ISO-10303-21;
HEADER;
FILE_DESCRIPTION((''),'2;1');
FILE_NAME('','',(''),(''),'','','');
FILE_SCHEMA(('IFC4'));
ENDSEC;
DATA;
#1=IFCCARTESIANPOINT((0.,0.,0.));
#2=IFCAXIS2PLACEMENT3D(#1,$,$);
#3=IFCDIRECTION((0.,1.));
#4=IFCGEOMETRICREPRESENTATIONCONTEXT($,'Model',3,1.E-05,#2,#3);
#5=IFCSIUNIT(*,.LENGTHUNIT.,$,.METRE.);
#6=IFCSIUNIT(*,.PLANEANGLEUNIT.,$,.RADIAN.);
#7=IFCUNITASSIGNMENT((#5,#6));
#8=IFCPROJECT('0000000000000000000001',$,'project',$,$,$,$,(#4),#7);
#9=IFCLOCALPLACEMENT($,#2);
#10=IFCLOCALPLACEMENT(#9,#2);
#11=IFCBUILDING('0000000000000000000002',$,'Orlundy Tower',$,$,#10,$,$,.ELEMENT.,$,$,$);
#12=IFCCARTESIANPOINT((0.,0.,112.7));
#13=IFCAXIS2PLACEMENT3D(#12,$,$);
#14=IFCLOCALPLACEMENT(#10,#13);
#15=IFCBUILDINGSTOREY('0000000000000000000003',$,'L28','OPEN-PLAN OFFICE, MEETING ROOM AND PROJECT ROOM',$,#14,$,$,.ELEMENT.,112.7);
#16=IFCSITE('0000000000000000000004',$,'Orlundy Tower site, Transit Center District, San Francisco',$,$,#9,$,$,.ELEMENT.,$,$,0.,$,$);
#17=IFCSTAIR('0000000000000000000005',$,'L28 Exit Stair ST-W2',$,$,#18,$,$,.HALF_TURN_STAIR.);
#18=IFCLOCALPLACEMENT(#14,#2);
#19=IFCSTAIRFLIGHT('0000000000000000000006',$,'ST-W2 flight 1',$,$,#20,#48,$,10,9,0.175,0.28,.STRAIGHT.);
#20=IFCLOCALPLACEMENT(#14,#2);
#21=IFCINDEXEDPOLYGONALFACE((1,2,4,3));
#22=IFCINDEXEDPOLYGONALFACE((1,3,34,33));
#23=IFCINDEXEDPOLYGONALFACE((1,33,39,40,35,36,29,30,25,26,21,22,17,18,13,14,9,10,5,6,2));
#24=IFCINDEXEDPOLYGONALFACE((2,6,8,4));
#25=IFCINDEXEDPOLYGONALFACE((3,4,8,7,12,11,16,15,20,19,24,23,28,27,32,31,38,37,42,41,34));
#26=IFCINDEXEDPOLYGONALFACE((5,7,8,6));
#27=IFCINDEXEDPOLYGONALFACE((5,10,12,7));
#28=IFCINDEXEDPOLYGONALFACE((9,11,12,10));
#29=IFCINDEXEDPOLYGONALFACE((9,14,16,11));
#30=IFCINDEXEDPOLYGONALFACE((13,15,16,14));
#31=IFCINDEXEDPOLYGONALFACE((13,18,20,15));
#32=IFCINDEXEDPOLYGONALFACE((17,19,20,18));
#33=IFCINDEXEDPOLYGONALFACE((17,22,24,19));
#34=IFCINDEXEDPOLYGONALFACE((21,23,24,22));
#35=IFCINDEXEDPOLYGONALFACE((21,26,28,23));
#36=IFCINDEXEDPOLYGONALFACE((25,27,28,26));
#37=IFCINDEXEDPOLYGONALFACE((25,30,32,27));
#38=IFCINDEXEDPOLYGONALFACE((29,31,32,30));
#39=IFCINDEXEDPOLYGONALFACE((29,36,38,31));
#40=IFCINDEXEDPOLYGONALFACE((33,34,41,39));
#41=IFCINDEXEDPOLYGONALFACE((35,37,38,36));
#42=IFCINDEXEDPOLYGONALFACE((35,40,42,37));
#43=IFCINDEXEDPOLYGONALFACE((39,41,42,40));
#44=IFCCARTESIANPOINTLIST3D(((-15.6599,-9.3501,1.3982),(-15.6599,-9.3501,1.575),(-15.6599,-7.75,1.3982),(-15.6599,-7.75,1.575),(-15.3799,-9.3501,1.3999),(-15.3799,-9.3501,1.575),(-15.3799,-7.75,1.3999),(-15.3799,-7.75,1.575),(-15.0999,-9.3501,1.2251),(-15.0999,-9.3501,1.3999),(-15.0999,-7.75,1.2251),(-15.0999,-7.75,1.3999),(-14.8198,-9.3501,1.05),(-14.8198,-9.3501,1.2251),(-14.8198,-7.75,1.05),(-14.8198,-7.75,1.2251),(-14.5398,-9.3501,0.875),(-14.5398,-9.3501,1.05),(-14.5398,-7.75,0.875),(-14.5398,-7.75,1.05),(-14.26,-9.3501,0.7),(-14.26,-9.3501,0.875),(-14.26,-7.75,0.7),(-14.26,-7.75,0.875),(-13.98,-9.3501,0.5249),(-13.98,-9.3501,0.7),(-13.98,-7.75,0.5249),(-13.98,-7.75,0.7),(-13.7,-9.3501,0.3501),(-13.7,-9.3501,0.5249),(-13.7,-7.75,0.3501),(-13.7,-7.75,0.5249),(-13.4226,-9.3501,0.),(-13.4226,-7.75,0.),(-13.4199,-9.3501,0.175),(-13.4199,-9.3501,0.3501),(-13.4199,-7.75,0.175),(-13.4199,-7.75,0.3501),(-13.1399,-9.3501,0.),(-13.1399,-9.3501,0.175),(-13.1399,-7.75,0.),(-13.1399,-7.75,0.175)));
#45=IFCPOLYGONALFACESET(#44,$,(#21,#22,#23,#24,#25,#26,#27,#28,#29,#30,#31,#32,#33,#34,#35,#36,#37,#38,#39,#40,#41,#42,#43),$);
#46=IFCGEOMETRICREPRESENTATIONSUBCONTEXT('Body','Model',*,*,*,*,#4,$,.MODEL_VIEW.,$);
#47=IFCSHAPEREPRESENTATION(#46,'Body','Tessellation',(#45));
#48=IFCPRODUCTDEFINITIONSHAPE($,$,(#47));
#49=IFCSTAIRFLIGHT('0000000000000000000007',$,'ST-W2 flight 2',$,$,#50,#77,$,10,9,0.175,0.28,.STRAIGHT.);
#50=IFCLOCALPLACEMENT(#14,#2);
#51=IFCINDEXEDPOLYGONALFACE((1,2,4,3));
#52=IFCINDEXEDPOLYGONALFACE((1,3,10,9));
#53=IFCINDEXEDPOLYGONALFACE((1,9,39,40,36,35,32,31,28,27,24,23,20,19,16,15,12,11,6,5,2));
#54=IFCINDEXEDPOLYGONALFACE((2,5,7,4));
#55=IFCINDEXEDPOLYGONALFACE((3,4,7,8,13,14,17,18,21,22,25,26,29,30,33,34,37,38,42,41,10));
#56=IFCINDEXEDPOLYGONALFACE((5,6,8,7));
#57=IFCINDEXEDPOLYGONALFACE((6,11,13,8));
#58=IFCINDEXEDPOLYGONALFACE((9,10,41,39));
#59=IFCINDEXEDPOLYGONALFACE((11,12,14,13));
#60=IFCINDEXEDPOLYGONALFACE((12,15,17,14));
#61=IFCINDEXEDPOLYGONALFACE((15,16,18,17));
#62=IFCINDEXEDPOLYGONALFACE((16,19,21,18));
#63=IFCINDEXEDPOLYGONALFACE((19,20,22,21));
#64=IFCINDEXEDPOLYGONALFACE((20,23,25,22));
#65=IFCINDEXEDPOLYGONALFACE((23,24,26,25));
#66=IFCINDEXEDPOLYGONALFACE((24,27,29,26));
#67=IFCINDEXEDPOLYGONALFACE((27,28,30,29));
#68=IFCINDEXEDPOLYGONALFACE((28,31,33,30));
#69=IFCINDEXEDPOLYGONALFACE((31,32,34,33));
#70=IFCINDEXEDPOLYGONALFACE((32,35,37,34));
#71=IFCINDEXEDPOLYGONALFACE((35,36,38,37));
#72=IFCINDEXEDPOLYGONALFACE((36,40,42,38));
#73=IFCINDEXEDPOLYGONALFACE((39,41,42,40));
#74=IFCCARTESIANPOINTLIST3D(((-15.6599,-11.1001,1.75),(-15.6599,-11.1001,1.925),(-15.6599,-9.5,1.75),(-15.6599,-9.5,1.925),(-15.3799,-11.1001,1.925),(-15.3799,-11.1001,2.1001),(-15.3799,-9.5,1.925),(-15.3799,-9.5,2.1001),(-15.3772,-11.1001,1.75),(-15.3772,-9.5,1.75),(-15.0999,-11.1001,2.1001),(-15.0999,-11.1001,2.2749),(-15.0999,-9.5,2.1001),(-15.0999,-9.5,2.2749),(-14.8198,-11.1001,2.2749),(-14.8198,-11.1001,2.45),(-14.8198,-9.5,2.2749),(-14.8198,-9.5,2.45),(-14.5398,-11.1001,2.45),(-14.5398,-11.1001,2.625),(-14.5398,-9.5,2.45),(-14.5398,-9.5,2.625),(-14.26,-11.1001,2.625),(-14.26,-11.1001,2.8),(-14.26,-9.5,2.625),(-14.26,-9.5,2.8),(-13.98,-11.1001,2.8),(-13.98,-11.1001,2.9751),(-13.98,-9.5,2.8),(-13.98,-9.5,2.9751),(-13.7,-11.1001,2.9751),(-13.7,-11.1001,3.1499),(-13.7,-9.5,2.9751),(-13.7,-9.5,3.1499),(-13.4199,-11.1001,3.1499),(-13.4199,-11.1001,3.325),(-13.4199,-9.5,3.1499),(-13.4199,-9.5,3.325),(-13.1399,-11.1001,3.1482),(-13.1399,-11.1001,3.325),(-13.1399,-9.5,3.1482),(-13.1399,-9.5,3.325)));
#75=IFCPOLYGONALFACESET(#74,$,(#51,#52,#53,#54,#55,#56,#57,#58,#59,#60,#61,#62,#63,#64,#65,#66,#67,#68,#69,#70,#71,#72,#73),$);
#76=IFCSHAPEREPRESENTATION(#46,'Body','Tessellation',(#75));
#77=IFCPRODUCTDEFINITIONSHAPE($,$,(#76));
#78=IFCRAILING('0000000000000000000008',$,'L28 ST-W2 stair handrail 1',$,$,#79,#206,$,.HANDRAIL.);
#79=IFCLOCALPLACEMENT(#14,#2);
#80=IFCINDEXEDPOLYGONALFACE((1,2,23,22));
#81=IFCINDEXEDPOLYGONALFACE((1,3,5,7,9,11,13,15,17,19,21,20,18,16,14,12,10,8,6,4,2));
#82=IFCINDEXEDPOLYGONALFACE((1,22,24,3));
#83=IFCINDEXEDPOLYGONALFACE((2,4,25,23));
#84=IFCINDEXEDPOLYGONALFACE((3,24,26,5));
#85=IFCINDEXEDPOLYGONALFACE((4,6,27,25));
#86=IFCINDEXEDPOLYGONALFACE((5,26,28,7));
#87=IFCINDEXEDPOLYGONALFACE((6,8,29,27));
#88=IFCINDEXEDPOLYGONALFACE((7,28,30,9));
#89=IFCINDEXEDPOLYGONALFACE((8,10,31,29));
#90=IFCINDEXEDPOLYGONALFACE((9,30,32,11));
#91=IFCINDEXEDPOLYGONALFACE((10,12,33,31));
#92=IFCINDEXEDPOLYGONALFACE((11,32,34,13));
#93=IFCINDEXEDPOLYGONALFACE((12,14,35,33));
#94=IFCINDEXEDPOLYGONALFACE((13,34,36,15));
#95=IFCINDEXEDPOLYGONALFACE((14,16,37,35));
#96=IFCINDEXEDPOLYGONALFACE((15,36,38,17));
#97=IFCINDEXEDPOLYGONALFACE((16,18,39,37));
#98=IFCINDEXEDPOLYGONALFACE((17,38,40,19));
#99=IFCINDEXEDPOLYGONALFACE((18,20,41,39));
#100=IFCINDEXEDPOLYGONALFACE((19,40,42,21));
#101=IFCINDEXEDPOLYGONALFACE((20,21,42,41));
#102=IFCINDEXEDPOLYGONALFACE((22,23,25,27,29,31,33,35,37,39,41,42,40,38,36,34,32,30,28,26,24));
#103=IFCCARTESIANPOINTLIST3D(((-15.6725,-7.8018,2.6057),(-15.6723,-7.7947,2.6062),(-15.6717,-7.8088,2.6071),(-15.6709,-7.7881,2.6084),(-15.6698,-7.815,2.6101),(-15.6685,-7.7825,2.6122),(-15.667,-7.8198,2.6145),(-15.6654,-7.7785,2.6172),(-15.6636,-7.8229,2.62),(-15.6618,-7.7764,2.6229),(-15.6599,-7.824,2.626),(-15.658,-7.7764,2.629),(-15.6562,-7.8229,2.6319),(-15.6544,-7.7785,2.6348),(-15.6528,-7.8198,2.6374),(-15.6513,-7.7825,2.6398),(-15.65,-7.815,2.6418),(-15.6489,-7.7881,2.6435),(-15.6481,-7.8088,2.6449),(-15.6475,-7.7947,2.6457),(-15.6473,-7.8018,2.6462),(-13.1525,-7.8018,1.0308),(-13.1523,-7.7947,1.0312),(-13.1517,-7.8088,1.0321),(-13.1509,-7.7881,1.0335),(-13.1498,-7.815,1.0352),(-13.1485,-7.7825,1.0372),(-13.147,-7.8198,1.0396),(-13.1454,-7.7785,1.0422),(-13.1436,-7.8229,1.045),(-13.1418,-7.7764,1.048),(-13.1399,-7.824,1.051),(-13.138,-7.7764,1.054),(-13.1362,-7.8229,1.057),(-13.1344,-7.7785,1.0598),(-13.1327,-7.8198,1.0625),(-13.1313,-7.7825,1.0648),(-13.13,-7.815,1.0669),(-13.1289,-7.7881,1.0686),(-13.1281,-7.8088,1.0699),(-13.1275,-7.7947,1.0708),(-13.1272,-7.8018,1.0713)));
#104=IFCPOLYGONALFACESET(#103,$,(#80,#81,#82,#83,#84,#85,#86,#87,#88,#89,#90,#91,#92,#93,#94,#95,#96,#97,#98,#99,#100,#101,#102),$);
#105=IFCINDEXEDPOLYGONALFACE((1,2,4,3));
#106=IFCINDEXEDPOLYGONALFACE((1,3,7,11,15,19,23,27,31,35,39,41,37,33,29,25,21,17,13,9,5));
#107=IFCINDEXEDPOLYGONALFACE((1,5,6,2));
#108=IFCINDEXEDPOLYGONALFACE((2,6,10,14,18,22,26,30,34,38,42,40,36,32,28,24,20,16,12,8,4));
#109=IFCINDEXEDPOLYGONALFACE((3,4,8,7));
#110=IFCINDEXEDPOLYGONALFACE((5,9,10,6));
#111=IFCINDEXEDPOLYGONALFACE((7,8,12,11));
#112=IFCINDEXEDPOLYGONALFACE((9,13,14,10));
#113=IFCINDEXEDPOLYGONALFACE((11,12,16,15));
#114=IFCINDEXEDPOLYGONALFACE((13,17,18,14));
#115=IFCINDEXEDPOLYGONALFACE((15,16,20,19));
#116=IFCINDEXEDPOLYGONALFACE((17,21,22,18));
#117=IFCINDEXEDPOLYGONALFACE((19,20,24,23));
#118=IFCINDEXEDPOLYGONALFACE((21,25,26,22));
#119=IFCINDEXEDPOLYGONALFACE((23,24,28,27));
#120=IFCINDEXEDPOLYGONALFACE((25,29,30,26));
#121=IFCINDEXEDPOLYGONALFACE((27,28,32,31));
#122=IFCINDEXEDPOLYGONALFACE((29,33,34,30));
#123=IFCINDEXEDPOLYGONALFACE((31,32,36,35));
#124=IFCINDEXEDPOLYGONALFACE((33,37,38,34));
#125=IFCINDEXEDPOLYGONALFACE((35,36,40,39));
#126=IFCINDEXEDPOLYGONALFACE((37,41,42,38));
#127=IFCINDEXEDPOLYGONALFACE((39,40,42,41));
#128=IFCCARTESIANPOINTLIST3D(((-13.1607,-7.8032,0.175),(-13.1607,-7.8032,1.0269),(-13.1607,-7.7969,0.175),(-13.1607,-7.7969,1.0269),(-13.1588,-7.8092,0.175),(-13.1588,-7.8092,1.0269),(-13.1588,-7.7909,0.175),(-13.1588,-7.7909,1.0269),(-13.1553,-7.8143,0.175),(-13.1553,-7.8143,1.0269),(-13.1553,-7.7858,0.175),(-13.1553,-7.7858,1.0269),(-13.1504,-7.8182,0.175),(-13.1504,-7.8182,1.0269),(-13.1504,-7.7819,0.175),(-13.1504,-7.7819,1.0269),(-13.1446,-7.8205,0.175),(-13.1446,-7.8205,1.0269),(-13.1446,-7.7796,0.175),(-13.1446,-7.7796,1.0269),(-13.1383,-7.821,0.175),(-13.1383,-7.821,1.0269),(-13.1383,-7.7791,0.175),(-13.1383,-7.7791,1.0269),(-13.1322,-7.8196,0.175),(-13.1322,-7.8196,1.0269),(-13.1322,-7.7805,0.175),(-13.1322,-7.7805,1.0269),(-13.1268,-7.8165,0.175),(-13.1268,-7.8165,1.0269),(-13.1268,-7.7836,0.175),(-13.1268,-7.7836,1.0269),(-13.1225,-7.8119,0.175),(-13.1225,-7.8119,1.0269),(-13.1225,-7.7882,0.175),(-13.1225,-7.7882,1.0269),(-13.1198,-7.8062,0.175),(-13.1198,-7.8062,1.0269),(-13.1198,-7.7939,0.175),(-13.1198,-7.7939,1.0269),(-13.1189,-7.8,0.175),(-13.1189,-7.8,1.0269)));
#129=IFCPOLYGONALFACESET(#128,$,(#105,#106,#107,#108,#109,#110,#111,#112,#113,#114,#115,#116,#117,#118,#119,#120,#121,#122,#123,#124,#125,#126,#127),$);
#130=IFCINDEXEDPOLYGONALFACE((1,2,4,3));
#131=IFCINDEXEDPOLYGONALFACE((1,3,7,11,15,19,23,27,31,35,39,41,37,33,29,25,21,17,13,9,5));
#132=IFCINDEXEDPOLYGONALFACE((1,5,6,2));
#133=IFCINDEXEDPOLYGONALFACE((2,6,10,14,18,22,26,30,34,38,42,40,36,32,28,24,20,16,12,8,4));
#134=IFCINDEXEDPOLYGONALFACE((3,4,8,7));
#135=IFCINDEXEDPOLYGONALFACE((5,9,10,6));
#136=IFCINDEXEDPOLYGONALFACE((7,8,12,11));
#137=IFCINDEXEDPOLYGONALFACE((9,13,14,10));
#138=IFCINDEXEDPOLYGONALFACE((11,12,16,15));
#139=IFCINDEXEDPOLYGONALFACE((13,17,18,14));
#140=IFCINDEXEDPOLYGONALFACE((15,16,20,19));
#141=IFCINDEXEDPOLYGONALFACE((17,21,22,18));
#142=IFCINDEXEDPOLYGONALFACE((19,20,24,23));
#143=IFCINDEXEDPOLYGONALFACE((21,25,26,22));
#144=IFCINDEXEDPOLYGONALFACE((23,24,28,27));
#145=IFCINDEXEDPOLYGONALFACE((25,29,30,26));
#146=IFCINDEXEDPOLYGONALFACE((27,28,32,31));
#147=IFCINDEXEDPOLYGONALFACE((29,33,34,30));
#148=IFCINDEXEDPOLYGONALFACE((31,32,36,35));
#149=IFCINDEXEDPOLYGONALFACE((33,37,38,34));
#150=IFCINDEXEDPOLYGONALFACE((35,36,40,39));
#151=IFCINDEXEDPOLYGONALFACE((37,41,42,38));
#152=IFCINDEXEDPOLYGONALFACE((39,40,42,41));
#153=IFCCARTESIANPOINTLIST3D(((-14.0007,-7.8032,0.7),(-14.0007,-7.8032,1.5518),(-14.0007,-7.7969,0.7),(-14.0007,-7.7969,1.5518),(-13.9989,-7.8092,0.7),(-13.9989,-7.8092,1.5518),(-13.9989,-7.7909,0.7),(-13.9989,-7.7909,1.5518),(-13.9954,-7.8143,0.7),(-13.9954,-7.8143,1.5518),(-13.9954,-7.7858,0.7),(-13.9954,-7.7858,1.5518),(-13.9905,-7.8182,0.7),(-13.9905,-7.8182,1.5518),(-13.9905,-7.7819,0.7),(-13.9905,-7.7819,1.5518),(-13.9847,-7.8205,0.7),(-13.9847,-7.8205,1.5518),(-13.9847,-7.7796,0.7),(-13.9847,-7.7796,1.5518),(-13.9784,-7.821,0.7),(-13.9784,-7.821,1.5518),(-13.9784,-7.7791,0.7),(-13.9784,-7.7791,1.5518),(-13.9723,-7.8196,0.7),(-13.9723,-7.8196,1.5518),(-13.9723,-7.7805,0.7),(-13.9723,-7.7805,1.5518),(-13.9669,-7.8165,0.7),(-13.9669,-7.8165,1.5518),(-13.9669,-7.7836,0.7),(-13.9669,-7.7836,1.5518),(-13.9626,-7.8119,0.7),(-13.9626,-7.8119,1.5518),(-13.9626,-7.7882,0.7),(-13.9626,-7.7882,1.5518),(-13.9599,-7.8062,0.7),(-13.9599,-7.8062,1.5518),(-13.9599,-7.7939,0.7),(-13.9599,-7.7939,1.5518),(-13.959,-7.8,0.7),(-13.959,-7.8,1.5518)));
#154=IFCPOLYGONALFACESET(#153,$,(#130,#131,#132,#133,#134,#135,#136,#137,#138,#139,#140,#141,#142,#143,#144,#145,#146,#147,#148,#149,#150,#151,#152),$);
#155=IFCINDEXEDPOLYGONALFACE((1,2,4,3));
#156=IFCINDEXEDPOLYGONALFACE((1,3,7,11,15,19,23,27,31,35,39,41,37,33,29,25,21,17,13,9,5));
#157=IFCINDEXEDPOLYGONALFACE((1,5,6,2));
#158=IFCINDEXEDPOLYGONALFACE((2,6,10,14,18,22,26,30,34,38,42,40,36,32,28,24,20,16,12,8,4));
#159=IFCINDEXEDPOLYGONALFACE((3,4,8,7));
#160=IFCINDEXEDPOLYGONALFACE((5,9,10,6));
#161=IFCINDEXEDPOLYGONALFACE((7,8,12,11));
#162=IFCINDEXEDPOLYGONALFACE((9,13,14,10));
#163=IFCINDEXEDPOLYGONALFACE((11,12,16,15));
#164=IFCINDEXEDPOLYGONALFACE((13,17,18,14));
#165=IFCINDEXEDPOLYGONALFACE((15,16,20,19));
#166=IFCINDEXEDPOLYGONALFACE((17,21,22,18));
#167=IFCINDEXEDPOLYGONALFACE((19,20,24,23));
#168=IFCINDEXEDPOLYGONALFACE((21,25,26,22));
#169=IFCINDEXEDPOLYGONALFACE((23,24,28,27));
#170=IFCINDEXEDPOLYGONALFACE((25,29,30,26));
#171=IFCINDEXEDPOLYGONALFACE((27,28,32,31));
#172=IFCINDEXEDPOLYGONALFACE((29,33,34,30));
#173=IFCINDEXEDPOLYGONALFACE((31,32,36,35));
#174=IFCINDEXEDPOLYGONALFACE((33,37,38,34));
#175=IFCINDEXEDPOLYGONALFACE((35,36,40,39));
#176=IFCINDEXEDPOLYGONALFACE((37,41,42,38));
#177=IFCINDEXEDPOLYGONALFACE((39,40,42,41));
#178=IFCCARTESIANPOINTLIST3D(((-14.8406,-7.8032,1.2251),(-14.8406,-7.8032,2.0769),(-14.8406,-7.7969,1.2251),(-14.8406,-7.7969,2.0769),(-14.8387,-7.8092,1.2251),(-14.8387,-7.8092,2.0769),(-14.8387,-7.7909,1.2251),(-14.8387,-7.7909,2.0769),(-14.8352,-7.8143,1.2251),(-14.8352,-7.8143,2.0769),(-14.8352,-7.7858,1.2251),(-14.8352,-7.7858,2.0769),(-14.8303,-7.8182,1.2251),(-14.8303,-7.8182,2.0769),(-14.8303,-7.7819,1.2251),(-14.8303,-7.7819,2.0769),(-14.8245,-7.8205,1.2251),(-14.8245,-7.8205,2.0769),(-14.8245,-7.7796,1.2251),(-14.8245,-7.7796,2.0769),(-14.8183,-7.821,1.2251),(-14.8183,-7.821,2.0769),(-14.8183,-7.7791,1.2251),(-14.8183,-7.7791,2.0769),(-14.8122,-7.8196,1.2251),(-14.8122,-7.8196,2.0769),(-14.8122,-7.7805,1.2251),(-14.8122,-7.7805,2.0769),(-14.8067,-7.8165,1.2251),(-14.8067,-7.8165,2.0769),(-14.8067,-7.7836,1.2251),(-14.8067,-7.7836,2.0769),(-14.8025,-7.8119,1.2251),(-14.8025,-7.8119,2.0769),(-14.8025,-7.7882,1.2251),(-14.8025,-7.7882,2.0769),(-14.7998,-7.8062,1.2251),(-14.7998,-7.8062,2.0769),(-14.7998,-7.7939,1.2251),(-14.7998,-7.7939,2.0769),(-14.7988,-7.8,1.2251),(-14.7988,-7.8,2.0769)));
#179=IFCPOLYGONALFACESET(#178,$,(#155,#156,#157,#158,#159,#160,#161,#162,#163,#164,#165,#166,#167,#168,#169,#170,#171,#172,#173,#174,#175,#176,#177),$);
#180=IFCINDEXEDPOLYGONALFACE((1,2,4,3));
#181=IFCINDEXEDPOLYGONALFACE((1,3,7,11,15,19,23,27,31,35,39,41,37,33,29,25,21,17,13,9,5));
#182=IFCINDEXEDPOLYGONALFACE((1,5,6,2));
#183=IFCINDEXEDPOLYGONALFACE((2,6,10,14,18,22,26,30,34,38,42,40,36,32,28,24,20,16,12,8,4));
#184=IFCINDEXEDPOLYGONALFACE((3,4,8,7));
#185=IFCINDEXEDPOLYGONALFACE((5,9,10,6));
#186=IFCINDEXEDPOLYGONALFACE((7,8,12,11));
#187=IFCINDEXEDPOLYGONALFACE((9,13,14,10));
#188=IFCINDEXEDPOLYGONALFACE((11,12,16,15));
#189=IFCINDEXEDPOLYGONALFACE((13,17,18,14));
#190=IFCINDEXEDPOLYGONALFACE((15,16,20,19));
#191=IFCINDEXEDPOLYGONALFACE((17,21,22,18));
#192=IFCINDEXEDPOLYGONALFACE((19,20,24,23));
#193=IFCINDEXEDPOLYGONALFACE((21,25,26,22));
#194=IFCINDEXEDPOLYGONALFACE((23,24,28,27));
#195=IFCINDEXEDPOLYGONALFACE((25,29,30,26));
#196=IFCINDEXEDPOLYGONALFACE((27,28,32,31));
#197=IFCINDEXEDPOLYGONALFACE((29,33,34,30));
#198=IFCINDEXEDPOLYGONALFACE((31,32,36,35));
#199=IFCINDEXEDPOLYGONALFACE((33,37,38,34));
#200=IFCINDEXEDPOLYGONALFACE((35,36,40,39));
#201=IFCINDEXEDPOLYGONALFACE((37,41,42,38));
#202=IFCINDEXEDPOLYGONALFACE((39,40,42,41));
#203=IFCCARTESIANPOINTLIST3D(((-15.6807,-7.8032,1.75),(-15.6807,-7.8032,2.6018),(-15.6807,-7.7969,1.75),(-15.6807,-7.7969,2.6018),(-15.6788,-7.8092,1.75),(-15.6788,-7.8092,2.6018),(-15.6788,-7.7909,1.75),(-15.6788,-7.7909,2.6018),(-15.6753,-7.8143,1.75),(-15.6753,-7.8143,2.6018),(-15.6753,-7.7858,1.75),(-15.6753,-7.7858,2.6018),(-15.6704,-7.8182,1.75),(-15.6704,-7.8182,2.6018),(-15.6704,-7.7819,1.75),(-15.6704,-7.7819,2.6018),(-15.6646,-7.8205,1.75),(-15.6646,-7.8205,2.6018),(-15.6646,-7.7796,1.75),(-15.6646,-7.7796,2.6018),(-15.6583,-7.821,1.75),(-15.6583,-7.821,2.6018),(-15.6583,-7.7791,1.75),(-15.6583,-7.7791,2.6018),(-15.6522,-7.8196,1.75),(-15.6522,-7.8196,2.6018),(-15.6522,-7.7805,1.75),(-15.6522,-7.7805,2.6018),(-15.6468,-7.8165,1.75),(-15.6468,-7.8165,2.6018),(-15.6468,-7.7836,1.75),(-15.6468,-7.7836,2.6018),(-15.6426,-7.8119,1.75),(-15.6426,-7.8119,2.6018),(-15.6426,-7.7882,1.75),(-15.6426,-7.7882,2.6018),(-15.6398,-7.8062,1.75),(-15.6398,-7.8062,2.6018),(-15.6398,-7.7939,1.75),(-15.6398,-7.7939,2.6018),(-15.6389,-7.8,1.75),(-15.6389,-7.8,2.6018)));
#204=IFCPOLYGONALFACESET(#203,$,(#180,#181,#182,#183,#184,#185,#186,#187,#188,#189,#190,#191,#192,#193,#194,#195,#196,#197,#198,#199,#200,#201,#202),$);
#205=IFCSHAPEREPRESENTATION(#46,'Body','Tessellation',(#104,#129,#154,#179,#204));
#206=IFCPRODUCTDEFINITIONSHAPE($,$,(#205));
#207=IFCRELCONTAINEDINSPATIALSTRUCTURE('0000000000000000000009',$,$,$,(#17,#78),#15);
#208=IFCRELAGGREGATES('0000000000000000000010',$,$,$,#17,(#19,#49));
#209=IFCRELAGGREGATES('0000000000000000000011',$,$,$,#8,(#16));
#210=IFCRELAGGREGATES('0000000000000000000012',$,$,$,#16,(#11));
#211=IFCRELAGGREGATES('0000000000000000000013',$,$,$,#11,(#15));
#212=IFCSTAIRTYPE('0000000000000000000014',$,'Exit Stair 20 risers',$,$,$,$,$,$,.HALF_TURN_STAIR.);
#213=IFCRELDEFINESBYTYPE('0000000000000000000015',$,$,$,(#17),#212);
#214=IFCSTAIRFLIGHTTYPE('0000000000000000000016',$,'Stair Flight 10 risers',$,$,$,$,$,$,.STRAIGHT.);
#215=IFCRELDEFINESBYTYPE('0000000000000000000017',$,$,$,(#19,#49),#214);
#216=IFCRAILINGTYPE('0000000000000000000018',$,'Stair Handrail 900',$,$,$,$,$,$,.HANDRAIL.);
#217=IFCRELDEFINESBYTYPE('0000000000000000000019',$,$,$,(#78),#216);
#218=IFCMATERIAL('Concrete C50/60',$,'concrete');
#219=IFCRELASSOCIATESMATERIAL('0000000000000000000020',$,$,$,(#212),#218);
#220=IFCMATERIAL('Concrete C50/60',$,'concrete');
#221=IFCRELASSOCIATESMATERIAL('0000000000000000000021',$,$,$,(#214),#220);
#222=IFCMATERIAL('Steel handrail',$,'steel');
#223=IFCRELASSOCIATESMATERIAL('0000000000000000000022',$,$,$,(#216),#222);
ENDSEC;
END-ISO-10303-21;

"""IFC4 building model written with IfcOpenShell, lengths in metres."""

from ifc_helpers import new_model, si_unit, direction, frame, origin, origin_2d, place, context, subcontext, project, spatial, polyline, circle, outline, extrude, material, type_object, element, aggregate, save


model = new_model("IFC4")

# Units and contexts
model_context = context("Model", 3, precision=1e-05, world=origin(), true_north=direction((0.0, 1.0)))
body_context = subcontext(model_context, "Body", "Model", "MODEL_VIEW")
ifc_project = project(units=[si_unit("LENGTHUNIT", "METRE"), si_unit("PLANEANGLEUNIT", "RADIAN")], contexts=[model_context])

# Site, building, storey
site_placement = place(None, origin())
site = spatial("IfcSite", under=ifc_project, at=site_placement, Name="Orlundy Tower site, Transit Center District, San Francisco", CompositionType="ELEMENT", RefElevation=0.0)
building_placement = place(site_placement, origin())
building = spatial("IfcBuilding", under=site, at=building_placement, Name="Orlundy Tower", CompositionType="ELEMENT")
storey_placement = place(building_placement, frame((0.0, 0.0, 112.7)))
storey = spatial("IfcBuildingStorey", under=building, at=storey_placement, Name="L28", Description="OPEN-PLAN OFFICE, MEETING ROOM AND PROJECT ROOM", CompositionType="ELEMENT", Elevation=112.7)

# Stair, stair flights
ifc_material_1 = material(Name="Concrete C50/60", Category="concrete")
stair_type = type_object("IfcStairType", Name="Exit Stair 20 risers", PredefinedType="HALF_TURN_STAIR", material=ifc_material_1)
stair_placement = place(storey_placement, origin())
stair = element("IfcStair", 1, at=stair_placement, inside=storey, type_object=stair_type, Name="L28 Exit Stair ST-W2", PredefinedType="HALF_TURN_STAIR")
ifc_material_2 = material(Name="Concrete C50/60", Category="concrete")
stair_flight_type = type_object("IfcStairFlightType", Name="Stair Flight 10 risers", PredefinedType="STRAIGHT", material=ifc_material_2)
stair_flight_1_placement = place(storey_placement, frame((-13.1399, -8.55, 0.0), z_axis=(0.0, 0.0, 1.0), x_axis=(-1.0, 0.0, 0.0)))
stair_flight_1 = element("IfcStairFlight", 2, at=stair_flight_1_placement, type_object=stair_flight_type, Name="ST-W2 flight 1", NumberOfRisers=10, NumberOfTreads=9, PredefinedType="STRAIGHT", RiserHeight=0.175, TreadLength=0.28, context=body_context, shape_type="SweptSolid", body=[
    extrude(outline(polyline([(0.0, 0.0), (0.0, 0.175), (0.28, 0.175), (0.28, 0.3501), (0.5601, 0.3501), (0.5601, 0.5249), (0.8401, 0.5249), (0.8401, 0.7), (1.1201, 0.7), (1.1201, 0.875), (1.3999, 0.875), (1.3999, 1.05), (1.6799, 1.05), (1.6799, 1.2251), (1.96, 1.2251), (1.96, 1.3999), (2.24, 1.3999), (2.24, 1.575), (2.52, 1.575), (2.52, 1.75), (2.52, 1.3982), (0.2827, 0.0), (0.0, 0.0)])), frame((0.0, 0.8, 0.0), z_axis=(0.0, -1.0, 0.0), x_axis=(1.0, 0.0, 0.0)), (0.0, 0.0, 1.0), 1.6001),
])
stair_flight_2_placement = place(storey_placement, frame((-15.6599, -10.3, 1.75), z_axis=(0.0, 0.0, 1.0), x_axis=(1.0, 0.0, 0.0)))
stair_flight_2 = element("IfcStairFlight", 3, at=stair_flight_2_placement, type_object=stair_flight_type, Name="ST-W2 flight 2", NumberOfRisers=10, NumberOfTreads=9, PredefinedType="STRAIGHT", RiserHeight=0.175, TreadLength=0.28, context=body_context, shape_type="SweptSolid", body=[
    extrude(outline(polyline([(0.0, 0.0), (0.0, 0.175), (0.28, 0.175), (0.28, 0.3501), (0.5601, 0.3501), (0.5601, 0.5249), (0.8401, 0.5249), (0.8401, 0.7), (1.1201, 0.7), (1.1201, 0.875), (1.3999, 0.875), (1.3999, 1.05), (1.6799, 1.05), (1.6799, 1.2251), (1.96, 1.2251), (1.96, 1.3999), (2.24, 1.3999), (2.24, 1.575), (2.52, 1.575), (2.52, 1.75), (2.52, 1.3982), (0.2827, 0.0), (0.0, 0.0)])), frame((0.0, 0.8, 0.0), z_axis=(0.0, -1.0, 0.0), x_axis=(1.0, 0.0, 0.0)), (0.0, 0.0, 1.0), 1.6001),
])
aggregate(stair, [stair_flight_1, stair_flight_2])

# Railing
ifc_material_3 = material(Name="Steel handrail", Category="steel")
railing_type_1 = type_object("IfcRailingType", Name="Stair Handrail 900", PredefinedType="HANDRAIL", material=ifc_material_3)
railing_1_placement = place(storey_placement, frame((-13.1399, -7.8, 0.175)))
element("IfcRailing", 4, at=railing_1_placement, inside=storey, type_object=railing_type_1, Name="L28 ST-W2 stair handrail 1", PredefinedType="HANDRAIL", context=body_context, shape_type="SweptSolid", body=[
    extrude(circle(Radius=0.0239, at=origin_2d()), frame((0.0, 0.0, 0.876), z_axis=(-0.848008, 0.0, 0.529984), x_axis=(0.0, -1.0, 0.0)), (0.0, 0.0, 1.0), 2.9717),
    extrude(circle(Radius=0.021, at=origin_2d()), origin(), (0.0, 0.0, 1.0), 0.8518),
    extrude(circle(Radius=0.021, at=origin_2d()), frame((-0.8401, 0.0, 0.5249)), (0.0, 0.0, 1.0), 0.8518),
    extrude(circle(Radius=0.021, at=origin_2d()), frame((-1.6799, 0.0, 1.05)), (0.0, 0.0, 1.0), 0.8518),
    extrude(circle(Radius=0.021, at=origin_2d()), frame((-2.52, 0.0, 1.575)), (0.0, 0.0, 1.0), 0.8518),
])

save(model, "model.ifc")
